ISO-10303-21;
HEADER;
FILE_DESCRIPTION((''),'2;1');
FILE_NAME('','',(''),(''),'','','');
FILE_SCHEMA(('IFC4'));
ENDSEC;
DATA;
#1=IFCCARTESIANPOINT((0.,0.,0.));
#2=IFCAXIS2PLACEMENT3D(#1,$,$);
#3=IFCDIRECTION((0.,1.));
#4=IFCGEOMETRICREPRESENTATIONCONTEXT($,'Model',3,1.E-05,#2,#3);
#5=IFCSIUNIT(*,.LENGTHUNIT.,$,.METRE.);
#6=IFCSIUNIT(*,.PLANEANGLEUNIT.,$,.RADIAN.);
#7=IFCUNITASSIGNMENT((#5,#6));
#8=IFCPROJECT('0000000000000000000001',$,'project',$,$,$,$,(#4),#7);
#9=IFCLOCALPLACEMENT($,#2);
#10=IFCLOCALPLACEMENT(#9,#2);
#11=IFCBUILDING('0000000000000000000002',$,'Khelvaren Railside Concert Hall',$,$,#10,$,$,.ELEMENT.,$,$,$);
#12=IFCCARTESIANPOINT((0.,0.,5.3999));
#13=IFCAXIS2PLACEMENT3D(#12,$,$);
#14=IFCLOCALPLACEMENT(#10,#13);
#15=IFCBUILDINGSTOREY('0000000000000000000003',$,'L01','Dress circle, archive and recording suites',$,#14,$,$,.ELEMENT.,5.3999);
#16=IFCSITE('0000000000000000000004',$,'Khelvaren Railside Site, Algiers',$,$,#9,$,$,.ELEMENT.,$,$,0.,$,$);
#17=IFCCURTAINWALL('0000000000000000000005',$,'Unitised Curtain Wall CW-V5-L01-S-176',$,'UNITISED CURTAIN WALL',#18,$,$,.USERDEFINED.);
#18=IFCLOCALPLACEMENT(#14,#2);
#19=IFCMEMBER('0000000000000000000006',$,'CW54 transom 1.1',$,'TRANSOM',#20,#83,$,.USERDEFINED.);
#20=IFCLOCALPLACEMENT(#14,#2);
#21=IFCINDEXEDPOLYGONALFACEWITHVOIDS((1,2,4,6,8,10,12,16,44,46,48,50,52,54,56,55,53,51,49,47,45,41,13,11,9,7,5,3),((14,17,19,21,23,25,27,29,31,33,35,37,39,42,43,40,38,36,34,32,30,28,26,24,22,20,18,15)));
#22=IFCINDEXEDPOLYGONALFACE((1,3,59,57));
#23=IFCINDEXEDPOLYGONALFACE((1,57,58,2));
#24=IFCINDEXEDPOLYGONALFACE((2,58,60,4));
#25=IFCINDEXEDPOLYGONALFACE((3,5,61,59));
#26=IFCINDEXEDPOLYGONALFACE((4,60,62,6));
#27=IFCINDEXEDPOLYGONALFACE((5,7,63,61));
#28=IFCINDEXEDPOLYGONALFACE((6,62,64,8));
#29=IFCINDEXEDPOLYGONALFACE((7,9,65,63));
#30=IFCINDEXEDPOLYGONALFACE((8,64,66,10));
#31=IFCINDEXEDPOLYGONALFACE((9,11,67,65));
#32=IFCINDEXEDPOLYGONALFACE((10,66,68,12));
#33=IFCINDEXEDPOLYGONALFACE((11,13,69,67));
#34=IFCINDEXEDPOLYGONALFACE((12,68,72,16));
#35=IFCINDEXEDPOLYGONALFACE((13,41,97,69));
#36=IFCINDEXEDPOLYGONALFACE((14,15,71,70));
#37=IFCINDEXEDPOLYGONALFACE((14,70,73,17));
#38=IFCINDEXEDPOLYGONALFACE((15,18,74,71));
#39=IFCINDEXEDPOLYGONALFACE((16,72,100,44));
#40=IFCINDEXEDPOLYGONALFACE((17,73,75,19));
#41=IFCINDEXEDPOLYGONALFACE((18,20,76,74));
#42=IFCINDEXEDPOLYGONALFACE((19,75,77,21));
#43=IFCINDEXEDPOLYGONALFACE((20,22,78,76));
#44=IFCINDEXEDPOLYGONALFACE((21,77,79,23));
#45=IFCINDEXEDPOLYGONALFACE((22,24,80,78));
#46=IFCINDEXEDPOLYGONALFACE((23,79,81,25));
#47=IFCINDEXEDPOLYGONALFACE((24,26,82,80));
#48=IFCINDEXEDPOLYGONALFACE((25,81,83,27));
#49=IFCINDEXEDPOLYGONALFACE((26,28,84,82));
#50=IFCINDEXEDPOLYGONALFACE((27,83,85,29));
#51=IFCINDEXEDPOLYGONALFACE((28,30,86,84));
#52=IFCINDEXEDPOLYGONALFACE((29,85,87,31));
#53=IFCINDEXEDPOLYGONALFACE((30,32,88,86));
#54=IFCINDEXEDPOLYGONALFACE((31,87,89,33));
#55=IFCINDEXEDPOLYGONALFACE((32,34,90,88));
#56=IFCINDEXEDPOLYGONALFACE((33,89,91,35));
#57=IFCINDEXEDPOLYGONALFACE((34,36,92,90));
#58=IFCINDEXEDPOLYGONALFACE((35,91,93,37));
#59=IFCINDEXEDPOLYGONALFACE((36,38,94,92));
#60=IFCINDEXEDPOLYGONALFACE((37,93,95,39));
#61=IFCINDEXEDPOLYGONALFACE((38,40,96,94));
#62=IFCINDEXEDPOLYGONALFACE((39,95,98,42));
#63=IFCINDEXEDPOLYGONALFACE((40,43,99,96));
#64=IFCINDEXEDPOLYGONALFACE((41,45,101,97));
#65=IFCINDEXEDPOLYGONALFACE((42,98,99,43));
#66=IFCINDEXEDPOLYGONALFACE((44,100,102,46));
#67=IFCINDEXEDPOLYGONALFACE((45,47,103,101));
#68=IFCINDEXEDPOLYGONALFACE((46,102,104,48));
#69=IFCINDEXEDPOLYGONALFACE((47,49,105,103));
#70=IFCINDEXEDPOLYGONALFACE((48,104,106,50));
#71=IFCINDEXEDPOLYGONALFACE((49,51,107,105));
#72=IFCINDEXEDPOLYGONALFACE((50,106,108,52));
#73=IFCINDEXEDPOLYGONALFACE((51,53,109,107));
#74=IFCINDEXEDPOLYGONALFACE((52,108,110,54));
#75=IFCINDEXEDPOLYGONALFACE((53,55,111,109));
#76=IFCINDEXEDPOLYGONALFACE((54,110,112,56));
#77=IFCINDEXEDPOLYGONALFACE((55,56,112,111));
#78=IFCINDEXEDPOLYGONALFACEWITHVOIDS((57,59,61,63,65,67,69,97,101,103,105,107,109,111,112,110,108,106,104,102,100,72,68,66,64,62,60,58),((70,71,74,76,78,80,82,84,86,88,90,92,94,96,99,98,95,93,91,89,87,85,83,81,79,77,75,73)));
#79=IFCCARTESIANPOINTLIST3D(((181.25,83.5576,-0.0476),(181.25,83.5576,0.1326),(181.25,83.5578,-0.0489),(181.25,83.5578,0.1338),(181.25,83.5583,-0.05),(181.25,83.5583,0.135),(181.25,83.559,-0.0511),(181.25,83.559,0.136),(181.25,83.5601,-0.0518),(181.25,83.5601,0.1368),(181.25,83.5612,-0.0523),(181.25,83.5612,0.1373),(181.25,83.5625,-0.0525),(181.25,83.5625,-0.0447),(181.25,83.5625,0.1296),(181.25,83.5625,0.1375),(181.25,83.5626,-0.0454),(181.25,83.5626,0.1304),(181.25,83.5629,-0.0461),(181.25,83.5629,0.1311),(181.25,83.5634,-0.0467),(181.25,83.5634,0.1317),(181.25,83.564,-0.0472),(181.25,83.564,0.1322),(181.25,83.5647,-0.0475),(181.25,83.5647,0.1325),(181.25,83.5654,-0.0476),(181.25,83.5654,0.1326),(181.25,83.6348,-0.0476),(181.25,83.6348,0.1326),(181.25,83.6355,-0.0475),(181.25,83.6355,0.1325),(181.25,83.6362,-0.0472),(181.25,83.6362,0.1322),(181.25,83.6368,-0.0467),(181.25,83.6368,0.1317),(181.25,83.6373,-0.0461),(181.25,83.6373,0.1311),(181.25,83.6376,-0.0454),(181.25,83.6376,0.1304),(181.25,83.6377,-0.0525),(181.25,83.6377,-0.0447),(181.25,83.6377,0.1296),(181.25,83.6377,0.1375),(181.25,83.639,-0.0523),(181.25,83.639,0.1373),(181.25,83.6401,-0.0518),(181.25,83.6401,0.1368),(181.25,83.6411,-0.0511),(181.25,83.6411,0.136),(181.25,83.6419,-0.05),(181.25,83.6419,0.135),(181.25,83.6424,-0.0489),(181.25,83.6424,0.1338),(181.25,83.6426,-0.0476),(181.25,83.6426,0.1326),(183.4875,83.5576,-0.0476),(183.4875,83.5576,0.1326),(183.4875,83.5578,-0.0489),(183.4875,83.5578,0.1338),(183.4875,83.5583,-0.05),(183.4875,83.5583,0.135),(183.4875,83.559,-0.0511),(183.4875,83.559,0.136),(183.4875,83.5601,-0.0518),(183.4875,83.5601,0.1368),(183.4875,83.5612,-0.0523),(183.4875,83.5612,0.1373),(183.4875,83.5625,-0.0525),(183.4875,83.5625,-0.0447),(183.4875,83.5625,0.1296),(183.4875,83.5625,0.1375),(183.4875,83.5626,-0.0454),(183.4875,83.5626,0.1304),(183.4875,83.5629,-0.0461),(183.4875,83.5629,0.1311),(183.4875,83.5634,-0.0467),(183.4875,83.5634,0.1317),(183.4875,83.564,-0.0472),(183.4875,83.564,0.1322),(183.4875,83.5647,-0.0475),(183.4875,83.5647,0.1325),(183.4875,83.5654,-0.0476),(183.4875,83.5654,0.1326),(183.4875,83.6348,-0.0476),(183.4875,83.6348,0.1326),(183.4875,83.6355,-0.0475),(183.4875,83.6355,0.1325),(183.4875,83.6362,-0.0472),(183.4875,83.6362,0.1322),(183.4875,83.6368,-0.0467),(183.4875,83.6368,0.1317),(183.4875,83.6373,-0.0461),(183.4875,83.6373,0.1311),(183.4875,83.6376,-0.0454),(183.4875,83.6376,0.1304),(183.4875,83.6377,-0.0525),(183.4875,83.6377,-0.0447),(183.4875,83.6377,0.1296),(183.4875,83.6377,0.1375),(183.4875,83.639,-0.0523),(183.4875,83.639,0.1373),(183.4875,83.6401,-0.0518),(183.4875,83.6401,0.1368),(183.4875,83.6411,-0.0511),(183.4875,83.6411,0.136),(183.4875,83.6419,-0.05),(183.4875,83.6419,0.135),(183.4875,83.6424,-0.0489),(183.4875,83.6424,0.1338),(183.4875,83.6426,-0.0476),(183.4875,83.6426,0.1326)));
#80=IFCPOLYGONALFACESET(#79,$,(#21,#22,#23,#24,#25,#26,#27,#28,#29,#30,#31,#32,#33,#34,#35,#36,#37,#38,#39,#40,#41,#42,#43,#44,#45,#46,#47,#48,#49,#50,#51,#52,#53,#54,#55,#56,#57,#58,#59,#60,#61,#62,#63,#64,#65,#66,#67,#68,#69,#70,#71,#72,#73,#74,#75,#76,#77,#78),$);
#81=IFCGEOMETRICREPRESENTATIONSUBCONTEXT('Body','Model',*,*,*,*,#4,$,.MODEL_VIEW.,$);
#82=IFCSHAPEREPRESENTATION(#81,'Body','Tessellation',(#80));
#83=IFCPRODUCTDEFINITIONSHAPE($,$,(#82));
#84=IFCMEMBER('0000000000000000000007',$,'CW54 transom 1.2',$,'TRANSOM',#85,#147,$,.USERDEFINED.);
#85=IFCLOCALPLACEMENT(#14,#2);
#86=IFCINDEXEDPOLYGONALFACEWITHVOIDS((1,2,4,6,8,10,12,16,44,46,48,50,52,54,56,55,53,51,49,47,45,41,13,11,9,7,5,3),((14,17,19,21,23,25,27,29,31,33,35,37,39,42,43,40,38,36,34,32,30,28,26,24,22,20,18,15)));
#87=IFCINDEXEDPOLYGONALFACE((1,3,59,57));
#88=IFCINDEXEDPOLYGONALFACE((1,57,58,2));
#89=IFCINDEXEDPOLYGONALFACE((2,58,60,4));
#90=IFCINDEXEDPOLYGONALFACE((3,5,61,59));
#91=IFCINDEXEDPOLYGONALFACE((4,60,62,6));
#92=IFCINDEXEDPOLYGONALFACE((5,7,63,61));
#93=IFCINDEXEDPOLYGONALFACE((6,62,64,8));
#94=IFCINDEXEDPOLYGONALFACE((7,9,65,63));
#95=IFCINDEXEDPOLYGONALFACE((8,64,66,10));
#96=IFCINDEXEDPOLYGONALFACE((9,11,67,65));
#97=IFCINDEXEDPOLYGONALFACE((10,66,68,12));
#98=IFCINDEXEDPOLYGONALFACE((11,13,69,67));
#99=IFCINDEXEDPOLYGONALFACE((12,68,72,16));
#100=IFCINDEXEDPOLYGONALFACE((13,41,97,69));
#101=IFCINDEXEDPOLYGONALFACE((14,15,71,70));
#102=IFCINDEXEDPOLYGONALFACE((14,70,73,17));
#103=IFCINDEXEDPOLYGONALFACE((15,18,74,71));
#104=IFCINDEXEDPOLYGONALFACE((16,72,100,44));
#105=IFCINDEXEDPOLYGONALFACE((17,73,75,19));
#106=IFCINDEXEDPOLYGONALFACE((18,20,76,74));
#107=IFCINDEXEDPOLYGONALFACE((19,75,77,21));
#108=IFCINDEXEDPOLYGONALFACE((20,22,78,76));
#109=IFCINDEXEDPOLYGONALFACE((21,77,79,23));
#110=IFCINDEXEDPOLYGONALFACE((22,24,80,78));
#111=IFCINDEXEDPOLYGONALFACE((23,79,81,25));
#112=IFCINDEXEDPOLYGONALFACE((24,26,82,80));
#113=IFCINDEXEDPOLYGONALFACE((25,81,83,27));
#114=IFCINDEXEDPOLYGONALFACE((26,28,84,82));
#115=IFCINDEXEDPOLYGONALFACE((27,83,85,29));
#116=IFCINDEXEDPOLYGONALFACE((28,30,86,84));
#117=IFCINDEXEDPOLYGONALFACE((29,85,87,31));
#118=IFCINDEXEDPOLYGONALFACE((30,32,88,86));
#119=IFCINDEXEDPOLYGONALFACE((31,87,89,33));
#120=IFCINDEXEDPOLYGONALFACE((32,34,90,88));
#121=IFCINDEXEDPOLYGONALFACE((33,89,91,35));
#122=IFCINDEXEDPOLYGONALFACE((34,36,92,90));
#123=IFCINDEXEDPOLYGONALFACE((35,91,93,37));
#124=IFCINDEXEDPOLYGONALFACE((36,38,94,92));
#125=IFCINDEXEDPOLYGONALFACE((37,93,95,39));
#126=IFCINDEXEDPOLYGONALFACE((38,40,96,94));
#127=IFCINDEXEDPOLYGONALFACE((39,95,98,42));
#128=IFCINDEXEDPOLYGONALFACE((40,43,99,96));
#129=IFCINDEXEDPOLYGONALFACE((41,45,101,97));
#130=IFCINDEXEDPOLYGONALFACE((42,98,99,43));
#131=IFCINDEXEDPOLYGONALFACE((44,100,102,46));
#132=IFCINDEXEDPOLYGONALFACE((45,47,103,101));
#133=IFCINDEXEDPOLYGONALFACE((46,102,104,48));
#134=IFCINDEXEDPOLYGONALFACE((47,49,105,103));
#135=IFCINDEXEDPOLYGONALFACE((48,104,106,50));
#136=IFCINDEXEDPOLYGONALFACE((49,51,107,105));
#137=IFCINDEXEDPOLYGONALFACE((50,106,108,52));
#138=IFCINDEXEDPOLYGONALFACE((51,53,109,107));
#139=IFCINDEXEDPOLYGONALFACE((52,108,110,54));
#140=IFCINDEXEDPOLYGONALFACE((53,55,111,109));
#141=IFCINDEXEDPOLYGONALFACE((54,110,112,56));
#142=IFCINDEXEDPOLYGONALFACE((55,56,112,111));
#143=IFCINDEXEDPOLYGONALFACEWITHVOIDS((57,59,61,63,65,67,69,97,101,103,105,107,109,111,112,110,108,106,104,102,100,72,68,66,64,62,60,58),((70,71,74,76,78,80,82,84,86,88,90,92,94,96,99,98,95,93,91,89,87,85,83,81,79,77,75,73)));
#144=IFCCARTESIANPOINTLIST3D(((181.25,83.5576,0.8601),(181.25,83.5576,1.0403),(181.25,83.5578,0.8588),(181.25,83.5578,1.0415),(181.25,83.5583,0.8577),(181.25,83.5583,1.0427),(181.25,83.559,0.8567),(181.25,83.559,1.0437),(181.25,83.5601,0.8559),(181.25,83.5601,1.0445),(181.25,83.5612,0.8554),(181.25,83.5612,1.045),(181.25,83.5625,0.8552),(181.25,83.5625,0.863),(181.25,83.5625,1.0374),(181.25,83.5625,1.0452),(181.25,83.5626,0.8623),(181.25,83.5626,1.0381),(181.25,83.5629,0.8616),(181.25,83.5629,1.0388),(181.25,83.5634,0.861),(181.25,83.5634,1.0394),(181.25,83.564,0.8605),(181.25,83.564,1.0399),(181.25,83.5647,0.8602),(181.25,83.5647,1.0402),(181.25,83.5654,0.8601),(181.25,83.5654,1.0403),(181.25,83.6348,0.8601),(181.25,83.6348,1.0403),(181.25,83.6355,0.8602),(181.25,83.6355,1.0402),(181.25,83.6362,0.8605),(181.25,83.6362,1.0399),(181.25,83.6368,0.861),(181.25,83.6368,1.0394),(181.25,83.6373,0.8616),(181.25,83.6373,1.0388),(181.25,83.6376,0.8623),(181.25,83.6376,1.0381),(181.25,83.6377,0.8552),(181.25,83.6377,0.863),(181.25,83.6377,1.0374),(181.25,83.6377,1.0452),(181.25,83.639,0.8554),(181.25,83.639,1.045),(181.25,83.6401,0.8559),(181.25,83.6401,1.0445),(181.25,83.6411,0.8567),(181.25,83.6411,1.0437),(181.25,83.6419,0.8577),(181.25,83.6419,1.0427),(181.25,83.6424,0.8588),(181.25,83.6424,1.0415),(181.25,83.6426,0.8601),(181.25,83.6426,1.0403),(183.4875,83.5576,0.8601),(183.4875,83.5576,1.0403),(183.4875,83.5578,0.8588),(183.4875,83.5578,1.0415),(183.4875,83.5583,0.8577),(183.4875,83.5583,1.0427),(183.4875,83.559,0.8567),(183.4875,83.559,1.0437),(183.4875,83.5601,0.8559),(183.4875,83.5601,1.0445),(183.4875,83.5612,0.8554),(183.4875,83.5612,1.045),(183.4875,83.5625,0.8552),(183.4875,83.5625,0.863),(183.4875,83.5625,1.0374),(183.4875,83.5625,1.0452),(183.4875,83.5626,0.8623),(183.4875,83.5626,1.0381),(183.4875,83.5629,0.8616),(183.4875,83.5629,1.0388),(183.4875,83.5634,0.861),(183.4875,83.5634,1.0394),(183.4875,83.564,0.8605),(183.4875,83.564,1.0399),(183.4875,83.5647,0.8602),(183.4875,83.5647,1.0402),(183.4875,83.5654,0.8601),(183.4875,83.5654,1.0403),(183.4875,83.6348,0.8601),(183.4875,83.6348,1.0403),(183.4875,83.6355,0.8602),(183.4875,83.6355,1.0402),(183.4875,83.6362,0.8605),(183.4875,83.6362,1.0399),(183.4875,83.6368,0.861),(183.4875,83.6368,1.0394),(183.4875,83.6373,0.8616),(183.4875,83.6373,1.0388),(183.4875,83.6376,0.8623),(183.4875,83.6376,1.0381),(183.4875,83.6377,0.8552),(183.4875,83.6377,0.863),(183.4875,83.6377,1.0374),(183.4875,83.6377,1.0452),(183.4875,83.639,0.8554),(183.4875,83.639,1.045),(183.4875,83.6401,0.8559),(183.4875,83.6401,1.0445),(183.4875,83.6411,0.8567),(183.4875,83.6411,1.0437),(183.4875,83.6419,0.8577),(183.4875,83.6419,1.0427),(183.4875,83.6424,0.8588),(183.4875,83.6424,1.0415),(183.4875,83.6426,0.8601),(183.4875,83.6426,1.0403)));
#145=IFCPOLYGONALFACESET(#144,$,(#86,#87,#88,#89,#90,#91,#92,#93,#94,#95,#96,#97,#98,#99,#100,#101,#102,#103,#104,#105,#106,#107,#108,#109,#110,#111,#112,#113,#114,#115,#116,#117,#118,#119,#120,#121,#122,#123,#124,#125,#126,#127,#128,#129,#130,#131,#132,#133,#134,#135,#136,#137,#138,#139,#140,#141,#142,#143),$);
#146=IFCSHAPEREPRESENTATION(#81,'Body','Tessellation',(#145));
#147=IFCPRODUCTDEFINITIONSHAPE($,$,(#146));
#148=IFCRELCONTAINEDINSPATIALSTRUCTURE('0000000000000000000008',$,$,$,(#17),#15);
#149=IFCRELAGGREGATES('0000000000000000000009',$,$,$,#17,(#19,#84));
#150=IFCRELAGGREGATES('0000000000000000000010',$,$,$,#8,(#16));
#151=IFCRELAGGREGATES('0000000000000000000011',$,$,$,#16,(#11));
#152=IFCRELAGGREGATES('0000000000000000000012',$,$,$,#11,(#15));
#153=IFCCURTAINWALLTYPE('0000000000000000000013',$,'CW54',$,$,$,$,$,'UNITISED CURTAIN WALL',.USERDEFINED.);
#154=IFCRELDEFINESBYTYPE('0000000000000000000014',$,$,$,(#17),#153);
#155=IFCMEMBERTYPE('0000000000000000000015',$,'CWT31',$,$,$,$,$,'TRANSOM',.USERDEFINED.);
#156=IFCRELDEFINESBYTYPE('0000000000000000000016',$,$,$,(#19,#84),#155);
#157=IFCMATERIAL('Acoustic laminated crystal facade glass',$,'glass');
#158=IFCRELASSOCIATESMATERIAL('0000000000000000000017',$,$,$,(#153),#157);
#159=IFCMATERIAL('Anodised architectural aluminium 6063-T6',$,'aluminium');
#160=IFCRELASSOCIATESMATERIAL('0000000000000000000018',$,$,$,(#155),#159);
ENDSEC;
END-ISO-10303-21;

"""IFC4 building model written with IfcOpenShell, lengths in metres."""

from ifc_helpers import new_model, si_unit, direction, frame, origin, origin_2d, place, context, subcontext, project, spatial, hollow_rectangle, extrude, material, material_profile, profile_set, type_object, element, aggregate, save


model = new_model("IFC4")

# Units and contexts
model_context = context("Model", 3, precision=1e-05, world=origin(), true_north=direction((0.0, 1.0)))
body_context = subcontext(model_context, "Body", "Model", "MODEL_VIEW")
ifc_project = project(units=[si_unit("LENGTHUNIT", "METRE"), si_unit("PLANEANGLEUNIT", "RADIAN")], contexts=[model_context])

# Site, building, storey
site_placement = place(None, origin())
site = spatial("IfcSite", under=ifc_project, at=site_placement, Name="Khelvaren Railside Site, Algiers", CompositionType="ELEMENT", RefElevation=0.0)
building_placement = place(site_placement, origin())
building = spatial("IfcBuilding", under=site, at=building_placement, Name="Khelvaren Railside Concert Hall", CompositionType="ELEMENT")
storey_placement = place(building_placement, frame((0.0, 0.0, 5.3999)))
storey = spatial("IfcBuildingStorey", under=building, at=storey_placement, Name="L01", Description="Dress circle, archive and recording suites", CompositionType="ELEMENT", Elevation=5.3999)

# Curtain wall
ifc_material_1 = material(Name="Acoustic laminated crystal facade glass", Category="glass")
curtain_wall_type_1 = type_object("IfcCurtainWallType", Name="CW54", ElementType="UNITISED CURTAIN WALL", PredefinedType="USERDEFINED", material=ifc_material_1)
curtain_wall_1_placement = place(storey_placement, origin())
curtain_wall_1 = element("IfcCurtainWall", 1, at=curtain_wall_1_placement, inside=storey, type_object=curtain_wall_type_1, Name="Unitised Curtain Wall CW-V5-L01-S-176", ObjectType="UNITISED CURTAIN WALL", PredefinedType="USERDEFINED")
ifc_material_2 = material(Name="Anodised architectural aluminium 6063-T6", Category="aluminium")

# Members
ifc_material_profile_1 = material_profile(ifc_material_2, hollow_rectangle(XDim=0.085, YDim=0.1899, WallThickness=0.0049, InnerFilletRadius=0.0029, OuterFilletRadius=0.0049, at=origin_2d()), Name="CWT 85x190x5")
ifc_profile_set_1 = profile_set([ifc_material_profile_1], Name="Anodised architectural aluminium 6063-T6")
member_type_1 = type_object("IfcMemberType", Name="CWT31", ElementType="TRANSOM", PredefinedType="USERDEFINED", material=ifc_profile_set_1)
member_1_placement = place(storey_placement, frame((183.4875, 83.6001, 0.0425), z_axis=(-1.0, 0.0, 0.0), x_axis=(0.0, -1.0, 0.0)))
member_1 = element("IfcMember", 2, at=member_1_placement, type_object=member_type_1, Name="CW54 transom 1.1", ObjectType="TRANSOM", PredefinedType="USERDEFINED", context=body_context, shape_type="SweptSolid", body=[
    extrude(hollow_rectangle(XDim=0.085, YDim=0.1899, WallThickness=0.0049, InnerFilletRadius=0.0029, OuterFilletRadius=0.0049, at=origin_2d()), origin(), (0.0, 0.0, 1.0), 2.2375),
])
member_2_placement = place(storey_placement, frame((183.4875, 83.6001, 0.9502), z_axis=(-1.0, 0.0, 0.0), x_axis=(0.0, -1.0, 0.0)))
member_2 = element("IfcMember", 3, at=member_2_placement, type_object=member_type_1, Name="CW54 transom 1.2", ObjectType="TRANSOM", PredefinedType="USERDEFINED", context=body_context, shape_type="SweptSolid", body=[
    extrude(hollow_rectangle(XDim=0.085, YDim=0.1899, WallThickness=0.0049, InnerFilletRadius=0.0029, OuterFilletRadius=0.0049, at=origin_2d()), origin(), (0.0, 0.0, 1.0), 2.2375),
])

aggregate(curtain_wall_1, [member_1, member_2])

save(model, "model.ifc")
